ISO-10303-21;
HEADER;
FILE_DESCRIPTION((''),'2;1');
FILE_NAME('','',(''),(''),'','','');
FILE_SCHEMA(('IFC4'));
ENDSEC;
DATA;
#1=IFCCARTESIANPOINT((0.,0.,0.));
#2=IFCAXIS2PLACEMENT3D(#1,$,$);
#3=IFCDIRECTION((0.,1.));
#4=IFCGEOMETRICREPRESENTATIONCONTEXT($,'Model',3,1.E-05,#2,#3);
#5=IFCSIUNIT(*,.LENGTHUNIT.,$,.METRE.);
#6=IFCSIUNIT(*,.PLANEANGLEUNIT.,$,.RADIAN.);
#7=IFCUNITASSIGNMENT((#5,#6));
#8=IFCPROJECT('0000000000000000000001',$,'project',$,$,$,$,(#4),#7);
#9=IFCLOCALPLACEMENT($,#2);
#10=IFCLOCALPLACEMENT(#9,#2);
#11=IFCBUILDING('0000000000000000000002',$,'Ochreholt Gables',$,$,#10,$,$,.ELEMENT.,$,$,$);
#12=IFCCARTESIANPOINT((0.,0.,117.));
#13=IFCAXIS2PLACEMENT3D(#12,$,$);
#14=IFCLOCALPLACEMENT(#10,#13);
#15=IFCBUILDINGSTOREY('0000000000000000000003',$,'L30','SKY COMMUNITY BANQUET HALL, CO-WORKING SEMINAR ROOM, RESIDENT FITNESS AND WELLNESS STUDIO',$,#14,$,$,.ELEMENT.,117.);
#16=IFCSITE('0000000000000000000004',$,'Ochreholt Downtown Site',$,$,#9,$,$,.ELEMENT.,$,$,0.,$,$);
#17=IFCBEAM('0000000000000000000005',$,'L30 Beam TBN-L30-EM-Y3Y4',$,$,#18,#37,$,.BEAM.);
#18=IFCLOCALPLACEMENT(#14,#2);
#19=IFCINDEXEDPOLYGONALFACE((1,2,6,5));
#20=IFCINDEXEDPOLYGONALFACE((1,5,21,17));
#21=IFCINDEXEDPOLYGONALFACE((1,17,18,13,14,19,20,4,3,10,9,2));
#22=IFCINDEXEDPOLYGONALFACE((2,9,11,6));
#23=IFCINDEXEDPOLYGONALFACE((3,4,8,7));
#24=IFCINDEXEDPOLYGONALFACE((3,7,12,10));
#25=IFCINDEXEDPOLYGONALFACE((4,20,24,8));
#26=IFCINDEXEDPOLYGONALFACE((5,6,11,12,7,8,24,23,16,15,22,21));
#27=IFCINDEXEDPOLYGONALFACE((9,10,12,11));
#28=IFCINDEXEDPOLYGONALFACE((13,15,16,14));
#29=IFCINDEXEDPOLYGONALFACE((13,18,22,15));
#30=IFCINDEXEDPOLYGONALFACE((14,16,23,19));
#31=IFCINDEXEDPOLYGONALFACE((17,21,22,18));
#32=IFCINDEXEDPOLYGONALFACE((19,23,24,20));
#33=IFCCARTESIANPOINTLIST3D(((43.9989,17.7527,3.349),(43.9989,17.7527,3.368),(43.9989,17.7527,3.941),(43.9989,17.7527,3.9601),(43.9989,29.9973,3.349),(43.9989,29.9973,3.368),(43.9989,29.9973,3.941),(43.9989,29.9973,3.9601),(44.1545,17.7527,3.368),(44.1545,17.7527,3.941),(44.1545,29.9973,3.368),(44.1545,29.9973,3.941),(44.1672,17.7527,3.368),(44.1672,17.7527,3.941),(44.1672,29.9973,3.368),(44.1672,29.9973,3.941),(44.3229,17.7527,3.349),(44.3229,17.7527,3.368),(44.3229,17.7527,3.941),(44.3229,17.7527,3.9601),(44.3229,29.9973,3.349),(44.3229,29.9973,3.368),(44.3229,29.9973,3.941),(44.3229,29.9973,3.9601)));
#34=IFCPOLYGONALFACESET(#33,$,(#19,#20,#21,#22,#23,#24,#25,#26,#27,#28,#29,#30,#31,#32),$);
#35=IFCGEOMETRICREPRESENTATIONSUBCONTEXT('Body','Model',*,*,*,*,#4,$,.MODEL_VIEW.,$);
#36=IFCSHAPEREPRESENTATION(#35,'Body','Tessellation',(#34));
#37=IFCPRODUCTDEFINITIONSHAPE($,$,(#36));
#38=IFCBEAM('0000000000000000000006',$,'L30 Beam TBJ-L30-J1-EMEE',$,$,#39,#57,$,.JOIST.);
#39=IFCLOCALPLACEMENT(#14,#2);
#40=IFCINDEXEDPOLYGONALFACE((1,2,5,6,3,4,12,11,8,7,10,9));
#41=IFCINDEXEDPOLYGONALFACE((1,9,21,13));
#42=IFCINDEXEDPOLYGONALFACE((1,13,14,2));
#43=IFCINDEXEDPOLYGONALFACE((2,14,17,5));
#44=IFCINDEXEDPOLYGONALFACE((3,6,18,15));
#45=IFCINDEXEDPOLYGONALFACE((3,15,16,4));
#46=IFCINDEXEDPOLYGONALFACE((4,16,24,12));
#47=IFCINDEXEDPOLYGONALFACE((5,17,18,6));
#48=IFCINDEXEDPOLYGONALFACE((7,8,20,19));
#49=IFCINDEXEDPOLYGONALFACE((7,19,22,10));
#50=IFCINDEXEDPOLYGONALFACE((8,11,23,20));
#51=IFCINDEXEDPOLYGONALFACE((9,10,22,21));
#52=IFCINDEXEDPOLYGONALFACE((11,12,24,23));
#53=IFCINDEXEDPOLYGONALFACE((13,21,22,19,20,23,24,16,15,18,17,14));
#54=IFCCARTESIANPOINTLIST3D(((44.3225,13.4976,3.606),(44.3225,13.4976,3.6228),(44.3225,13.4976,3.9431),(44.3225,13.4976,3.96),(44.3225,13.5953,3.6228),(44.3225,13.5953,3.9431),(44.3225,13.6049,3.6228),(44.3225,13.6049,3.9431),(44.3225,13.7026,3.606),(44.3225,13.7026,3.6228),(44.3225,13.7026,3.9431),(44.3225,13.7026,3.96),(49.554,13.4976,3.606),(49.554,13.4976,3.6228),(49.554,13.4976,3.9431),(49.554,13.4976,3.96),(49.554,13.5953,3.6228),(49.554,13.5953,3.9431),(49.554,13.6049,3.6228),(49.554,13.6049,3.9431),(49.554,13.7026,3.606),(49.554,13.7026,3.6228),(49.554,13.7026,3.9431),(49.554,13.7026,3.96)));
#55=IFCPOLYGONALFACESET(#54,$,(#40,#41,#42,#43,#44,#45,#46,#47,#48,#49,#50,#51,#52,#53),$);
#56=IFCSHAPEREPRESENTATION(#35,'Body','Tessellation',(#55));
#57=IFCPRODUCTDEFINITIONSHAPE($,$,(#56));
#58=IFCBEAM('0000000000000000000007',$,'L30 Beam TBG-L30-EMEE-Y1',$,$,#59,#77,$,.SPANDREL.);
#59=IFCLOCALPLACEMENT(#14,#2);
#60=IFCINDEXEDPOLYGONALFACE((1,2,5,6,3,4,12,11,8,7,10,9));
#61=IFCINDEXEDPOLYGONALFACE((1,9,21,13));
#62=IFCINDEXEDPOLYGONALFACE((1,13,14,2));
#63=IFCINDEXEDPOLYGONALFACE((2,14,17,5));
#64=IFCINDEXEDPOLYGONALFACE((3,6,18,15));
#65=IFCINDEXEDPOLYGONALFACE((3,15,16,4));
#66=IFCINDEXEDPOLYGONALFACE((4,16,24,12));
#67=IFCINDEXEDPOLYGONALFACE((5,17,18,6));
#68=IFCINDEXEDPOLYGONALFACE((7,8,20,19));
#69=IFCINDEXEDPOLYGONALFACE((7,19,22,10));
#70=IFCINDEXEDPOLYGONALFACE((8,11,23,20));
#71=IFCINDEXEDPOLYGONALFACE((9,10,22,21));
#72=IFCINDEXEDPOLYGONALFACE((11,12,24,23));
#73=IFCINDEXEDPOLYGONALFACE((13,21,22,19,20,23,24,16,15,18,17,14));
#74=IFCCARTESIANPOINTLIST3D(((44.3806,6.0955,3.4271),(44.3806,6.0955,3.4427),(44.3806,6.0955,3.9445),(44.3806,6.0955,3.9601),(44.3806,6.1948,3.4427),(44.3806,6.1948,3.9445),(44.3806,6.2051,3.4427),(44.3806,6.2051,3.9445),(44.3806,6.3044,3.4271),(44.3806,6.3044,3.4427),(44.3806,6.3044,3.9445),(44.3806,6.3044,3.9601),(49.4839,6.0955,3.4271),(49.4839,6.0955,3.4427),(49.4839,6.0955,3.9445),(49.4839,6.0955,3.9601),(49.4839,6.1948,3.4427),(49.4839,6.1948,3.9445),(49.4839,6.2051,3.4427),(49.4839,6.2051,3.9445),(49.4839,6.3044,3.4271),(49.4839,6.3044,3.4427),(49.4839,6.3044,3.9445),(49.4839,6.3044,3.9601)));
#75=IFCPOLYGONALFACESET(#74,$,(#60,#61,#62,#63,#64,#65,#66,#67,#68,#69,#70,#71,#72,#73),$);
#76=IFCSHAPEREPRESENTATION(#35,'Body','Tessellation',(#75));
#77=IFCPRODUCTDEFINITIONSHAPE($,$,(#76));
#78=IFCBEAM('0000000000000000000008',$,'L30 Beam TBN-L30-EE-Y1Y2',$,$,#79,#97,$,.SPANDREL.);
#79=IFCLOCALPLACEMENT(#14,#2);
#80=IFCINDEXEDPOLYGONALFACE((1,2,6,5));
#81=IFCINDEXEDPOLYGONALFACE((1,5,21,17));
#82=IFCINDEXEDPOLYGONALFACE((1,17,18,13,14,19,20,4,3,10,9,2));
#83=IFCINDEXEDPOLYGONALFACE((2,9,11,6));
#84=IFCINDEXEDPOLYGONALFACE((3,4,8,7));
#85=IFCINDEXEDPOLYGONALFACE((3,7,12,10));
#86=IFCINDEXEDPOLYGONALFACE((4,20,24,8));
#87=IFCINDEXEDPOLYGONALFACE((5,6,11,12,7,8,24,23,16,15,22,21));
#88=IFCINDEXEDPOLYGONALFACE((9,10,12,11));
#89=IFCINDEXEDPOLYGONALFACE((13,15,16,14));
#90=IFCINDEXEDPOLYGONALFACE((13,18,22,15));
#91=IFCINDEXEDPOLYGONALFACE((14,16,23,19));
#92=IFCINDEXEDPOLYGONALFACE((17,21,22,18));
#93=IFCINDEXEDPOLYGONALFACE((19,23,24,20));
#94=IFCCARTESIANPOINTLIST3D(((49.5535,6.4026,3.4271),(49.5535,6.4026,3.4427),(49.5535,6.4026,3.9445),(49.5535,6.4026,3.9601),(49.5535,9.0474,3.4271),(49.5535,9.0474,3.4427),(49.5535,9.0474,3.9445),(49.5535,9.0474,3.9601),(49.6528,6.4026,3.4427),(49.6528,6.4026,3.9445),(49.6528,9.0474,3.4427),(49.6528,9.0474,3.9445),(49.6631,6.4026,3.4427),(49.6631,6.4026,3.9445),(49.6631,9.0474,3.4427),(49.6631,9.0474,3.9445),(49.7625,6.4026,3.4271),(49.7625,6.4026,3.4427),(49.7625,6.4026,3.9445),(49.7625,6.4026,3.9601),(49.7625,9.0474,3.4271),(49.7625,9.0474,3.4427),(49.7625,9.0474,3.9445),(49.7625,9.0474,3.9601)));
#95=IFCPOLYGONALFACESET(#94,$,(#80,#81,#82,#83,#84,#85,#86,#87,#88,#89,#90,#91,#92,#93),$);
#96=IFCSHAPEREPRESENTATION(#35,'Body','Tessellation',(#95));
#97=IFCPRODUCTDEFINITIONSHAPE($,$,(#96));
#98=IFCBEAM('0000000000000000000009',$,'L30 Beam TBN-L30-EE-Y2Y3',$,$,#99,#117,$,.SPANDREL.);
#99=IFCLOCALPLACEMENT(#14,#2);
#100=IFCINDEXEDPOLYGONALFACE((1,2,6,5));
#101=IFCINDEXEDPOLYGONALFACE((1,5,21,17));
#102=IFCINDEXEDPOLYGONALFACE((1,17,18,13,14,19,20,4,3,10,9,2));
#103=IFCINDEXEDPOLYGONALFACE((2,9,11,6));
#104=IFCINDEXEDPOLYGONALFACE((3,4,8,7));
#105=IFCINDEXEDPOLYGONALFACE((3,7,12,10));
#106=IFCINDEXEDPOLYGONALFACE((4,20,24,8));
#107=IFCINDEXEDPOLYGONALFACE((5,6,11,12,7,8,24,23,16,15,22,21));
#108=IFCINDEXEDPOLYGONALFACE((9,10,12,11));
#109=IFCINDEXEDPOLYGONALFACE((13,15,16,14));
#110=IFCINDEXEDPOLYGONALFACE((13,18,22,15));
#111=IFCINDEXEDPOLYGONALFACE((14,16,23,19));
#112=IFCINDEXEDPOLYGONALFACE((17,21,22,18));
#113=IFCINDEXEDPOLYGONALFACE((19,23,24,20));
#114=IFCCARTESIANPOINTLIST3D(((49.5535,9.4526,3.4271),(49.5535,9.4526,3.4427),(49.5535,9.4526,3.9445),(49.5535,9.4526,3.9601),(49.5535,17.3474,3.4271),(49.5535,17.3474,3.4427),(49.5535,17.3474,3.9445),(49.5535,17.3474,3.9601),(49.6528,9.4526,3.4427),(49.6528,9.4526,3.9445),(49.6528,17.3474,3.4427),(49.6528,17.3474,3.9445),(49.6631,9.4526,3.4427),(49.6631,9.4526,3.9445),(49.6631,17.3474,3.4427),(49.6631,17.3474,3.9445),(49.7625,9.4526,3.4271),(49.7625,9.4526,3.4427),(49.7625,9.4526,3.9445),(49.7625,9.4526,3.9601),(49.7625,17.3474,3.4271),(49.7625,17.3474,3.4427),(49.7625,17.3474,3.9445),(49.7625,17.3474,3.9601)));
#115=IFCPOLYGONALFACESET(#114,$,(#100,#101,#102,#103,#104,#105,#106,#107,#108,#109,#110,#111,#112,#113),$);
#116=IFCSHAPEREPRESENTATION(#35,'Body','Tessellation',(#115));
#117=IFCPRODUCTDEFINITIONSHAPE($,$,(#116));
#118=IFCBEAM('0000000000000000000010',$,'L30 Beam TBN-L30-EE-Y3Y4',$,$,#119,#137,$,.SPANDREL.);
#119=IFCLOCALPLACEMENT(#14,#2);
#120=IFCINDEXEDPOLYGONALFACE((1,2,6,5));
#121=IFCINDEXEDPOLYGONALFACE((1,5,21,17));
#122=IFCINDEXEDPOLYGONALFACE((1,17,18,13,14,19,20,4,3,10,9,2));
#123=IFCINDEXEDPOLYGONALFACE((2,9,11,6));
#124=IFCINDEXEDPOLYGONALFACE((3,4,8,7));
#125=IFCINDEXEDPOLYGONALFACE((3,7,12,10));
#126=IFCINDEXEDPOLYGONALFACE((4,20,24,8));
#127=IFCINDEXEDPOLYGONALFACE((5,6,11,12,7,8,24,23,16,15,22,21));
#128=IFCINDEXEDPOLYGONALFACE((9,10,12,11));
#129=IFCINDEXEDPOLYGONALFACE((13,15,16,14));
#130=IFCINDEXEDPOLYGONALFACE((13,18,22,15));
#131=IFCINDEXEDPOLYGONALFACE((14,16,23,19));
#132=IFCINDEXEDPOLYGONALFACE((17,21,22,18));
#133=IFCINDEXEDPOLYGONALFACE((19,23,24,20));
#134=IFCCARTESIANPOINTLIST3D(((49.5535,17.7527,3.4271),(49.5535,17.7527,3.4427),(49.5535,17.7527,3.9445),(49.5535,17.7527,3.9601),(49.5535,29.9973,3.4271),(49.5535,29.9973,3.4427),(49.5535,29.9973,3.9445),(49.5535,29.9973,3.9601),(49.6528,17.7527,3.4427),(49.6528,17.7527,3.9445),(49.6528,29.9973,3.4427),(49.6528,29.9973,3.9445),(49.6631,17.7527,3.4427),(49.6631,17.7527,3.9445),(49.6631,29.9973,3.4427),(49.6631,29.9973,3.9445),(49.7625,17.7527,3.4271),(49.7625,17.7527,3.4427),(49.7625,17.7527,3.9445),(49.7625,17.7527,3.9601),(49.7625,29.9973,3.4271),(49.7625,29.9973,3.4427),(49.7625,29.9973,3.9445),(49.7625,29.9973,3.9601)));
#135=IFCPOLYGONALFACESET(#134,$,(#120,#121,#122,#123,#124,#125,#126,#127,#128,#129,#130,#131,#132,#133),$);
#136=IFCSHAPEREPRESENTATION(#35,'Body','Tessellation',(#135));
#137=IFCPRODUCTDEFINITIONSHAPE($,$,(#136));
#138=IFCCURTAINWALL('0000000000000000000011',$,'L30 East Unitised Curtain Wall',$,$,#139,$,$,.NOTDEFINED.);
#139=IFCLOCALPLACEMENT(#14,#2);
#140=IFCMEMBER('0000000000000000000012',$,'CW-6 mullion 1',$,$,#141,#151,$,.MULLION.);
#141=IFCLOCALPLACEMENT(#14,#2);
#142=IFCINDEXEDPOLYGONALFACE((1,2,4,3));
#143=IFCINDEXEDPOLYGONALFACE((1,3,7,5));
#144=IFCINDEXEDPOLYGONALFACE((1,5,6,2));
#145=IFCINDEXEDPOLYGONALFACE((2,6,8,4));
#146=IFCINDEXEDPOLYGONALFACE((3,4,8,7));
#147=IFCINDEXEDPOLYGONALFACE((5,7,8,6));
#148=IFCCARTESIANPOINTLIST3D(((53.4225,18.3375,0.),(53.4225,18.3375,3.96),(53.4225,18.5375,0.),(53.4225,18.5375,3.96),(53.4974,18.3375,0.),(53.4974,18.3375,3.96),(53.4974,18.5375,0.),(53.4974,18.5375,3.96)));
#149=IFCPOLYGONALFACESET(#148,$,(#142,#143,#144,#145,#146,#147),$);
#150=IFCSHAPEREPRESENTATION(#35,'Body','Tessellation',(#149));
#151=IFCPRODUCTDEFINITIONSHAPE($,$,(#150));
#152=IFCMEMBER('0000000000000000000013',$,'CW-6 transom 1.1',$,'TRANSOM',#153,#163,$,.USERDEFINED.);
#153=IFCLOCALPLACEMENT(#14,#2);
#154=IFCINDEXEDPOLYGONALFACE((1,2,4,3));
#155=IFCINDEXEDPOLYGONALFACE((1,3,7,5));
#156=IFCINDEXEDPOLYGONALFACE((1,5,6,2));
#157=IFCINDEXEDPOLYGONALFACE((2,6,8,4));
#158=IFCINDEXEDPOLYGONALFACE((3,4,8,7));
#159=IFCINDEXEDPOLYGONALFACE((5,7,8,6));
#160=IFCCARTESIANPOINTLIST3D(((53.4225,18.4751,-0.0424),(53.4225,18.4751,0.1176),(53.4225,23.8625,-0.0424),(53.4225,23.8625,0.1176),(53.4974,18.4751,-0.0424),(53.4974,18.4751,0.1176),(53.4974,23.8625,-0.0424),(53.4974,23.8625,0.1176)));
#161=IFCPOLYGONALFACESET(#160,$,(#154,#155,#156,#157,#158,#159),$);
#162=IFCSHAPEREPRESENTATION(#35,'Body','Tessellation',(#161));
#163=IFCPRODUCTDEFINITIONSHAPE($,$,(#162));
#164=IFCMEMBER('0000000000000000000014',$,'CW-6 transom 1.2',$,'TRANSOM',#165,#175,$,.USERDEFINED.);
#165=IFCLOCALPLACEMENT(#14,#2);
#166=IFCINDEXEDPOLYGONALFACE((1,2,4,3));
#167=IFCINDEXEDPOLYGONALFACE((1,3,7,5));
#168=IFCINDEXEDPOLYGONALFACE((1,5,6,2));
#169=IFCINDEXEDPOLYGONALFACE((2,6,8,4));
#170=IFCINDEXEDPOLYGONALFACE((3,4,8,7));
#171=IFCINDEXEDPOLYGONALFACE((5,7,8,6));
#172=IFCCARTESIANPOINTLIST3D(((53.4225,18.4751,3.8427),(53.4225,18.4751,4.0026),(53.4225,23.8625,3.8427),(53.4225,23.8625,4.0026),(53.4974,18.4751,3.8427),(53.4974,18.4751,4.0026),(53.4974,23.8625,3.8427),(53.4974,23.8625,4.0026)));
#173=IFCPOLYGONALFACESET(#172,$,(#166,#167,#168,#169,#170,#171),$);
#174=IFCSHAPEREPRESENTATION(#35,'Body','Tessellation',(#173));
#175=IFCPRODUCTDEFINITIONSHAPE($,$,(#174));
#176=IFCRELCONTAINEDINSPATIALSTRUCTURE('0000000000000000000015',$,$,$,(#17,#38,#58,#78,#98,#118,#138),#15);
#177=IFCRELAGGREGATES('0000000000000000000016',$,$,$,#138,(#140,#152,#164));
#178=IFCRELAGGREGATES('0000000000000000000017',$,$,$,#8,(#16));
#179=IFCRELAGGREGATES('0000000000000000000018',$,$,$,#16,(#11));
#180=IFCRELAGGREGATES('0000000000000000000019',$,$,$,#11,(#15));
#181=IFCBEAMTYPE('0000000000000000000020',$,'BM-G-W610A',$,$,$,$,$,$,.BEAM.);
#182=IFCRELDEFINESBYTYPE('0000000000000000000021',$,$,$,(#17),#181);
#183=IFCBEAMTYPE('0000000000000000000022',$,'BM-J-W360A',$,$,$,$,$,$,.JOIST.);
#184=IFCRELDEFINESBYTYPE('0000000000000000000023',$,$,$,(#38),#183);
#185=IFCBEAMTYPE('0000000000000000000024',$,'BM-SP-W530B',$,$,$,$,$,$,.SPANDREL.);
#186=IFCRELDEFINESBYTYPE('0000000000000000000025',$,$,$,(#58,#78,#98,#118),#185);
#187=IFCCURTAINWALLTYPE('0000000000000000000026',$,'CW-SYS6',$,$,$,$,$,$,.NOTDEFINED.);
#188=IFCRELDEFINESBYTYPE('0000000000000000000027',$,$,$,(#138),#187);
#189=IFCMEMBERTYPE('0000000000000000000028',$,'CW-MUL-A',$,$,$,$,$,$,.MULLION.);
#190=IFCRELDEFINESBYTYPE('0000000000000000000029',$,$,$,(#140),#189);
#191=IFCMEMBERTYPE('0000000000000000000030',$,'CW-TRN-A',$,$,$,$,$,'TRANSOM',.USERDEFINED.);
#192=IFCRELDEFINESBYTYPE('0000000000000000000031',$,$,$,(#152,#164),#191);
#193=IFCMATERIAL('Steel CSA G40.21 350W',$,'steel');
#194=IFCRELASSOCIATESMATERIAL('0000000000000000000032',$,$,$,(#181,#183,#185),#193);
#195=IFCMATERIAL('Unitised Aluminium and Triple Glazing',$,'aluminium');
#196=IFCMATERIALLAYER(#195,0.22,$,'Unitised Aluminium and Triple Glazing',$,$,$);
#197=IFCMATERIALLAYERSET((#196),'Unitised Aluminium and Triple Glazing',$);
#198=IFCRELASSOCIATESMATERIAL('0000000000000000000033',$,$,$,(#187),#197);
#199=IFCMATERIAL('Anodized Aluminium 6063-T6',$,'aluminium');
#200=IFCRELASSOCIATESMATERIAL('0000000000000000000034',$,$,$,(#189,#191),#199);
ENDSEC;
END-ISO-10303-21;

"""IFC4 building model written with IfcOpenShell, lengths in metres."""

from ifc_helpers import new_model, si_unit, direction, frame, origin, origin_2d, place, context, subcontext, project, spatial, rectangle, i_section, extrude, material, layer, layer_set, material_profile, profile_set, type_object, element, aggregate, save


model = new_model("IFC4")

# Units and contexts
model_context = context("Model", 3, precision=1e-05, world=origin(), true_north=direction((0.0, 1.0)))
body_context = subcontext(model_context, "Body", "Model", "MODEL_VIEW")
ifc_project = project(units=[si_unit("LENGTHUNIT", "METRE"), si_unit("PLANEANGLEUNIT", "RADIAN")], contexts=[model_context])

# Site, building, storey
site_placement = place(None, origin())
site = spatial("IfcSite", under=ifc_project, at=site_placement, Name="Ochreholt Downtown Site", CompositionType="ELEMENT", RefElevation=0.0)
building_placement = place(site_placement, origin())
building = spatial("IfcBuilding", under=site, at=building_placement, Name="Ochreholt Gables", CompositionType="ELEMENT")
storey_placement = place(building_placement, frame((0.0, 0.0, 117.0)))
storey = spatial("IfcBuildingStorey", under=building, at=storey_placement, Name="L30", Description="SKY COMMUNITY BANQUET HALL, CO-WORKING SEMINAR ROOM, RESIDENT FITNESS AND WELLNESS STUDIO", CompositionType="ELEMENT", Elevation=117.0)

# Shared definitions
ifc_material_1 = material(Name="Steel CSA G40.21 350W", Category="steel")

# Beams
ifc_material_profile_1 = material_profile(ifc_material_1, i_section(OverallWidth=0.324, OverallDepth=0.6111, WebThickness=0.0127, FlangeThickness=0.019, at=origin_2d()), Name="W610X155")
ifc_profile_set_1 = profile_set([ifc_material_profile_1], Name="Steel CSA G40.21 350W")
beam_type_1 = type_object("IfcBeamType", Name="BM-G-W610A", PredefinedType="BEAM", material=ifc_profile_set_1)
beam_1_placement = place(storey_placement, frame((44.1609, 17.7527, 3.6545), z_axis=(0.0, 1.0, 0.0), x_axis=(-1.0, 0.0, 0.0)))
element("IfcBeam", 1, at=beam_1_placement, inside=storey, type_object=beam_type_1, Name="L30 Beam TBN-L30-EM-Y3Y4", PredefinedType="BEAM", context=body_context, shape_type="SweptSolid", body=[
    extrude(i_section(OverallWidth=0.324, OverallDepth=0.6111, WebThickness=0.0127, FlangeThickness=0.019, at=origin_2d()), origin(), (0.0, 0.0, 1.0), 12.2446),
])
ifc_material_profile_2 = material_profile(ifc_material_1, i_section(OverallWidth=0.2051, OverallDepth=0.354, WebThickness=0.0095, FlangeThickness=0.0168, at=origin_2d()), Name="W360X79")
ifc_profile_set_2 = profile_set([ifc_material_profile_2], Name="Steel CSA G40.21 350W")
beam_type_2 = type_object("IfcBeamType", Name="BM-J-W360A", PredefinedType="JOIST", material=ifc_profile_set_2)
beam_2_placement = place(storey_placement, frame((44.3225, 13.6001, 3.783), z_axis=(1.0, 0.0, 0.0), x_axis=(0.0, 1.0, 0.0)))
element("IfcBeam", 2, at=beam_2_placement, inside=storey, type_object=beam_type_2, Name="L30 Beam TBJ-L30-J1-EMEE", PredefinedType="JOIST", context=body_context, shape_type="SweptSolid", body=[
    extrude(i_section(OverallWidth=0.2051, OverallDepth=0.354, WebThickness=0.0095, FlangeThickness=0.0168, at=origin_2d()), origin(), (0.0, 0.0, 1.0), 5.2314),
])
ifc_material_profile_3 = material_profile(ifc_material_1, i_section(OverallWidth=0.209, OverallDepth=0.533, WebThickness=0.0103, FlangeThickness=0.0156, at=origin_2d()), Name="W530X92")
ifc_profile_set_3 = profile_set([ifc_material_profile_3], Name="Steel CSA G40.21 350W")
beam_type_3 = type_object("IfcBeamType", Name="BM-SP-W530B", PredefinedType="SPANDREL", material=ifc_profile_set_3)
beam_3_placement = place(storey_placement, frame((44.3806, 6.2, 3.6936), z_axis=(1.0, 0.0, 0.0), x_axis=(0.0, 1.0, 0.0)))
element("IfcBeam", 3, at=beam_3_placement, inside=storey, type_object=beam_type_3, Name="L30 Beam TBG-L30-EMEE-Y1", PredefinedType="SPANDREL", context=body_context, shape_type="SweptSolid", body=[
    extrude(i_section(OverallWidth=0.209, OverallDepth=0.533, WebThickness=0.0103, FlangeThickness=0.0156, at=origin_2d()), origin(), (0.0, 0.0, 1.0), 5.1033),
])
beam_4_placement = place(storey_placement, frame((49.658, 6.4026, 3.6936), z_axis=(0.0, 1.0, 0.0), x_axis=(-1.0, 0.0, 0.0)))
element("IfcBeam", 4, at=beam_4_placement, inside=storey, type_object=beam_type_3, Name="L30 Beam TBN-L30-EE-Y1Y2", PredefinedType="SPANDREL", context=body_context, shape_type="SweptSolid", body=[
    extrude(i_section(OverallWidth=0.209, OverallDepth=0.533, WebThickness=0.0103, FlangeThickness=0.0156, at=origin_2d()), origin(), (0.0, 0.0, 1.0), 2.6448),
])
beam_5_placement = place(storey_placement, frame((49.658, 9.4526, 3.6936), z_axis=(0.0, 1.0, 0.0), x_axis=(-1.0, 0.0, 0.0)))
element("IfcBeam", 5, at=beam_5_placement, inside=storey, type_object=beam_type_3, Name="L30 Beam TBN-L30-EE-Y2Y3", PredefinedType="SPANDREL", context=body_context, shape_type="SweptSolid", body=[
    extrude(i_section(OverallWidth=0.209, OverallDepth=0.533, WebThickness=0.0103, FlangeThickness=0.0156, at=origin_2d()), origin(), (0.0, 0.0, 1.0), 7.8948),
])
beam_6_placement = place(storey_placement, frame((49.658, 17.7527, 3.6936), z_axis=(0.0, 1.0, 0.0), x_axis=(-1.0, 0.0, 0.0)))
element("IfcBeam", 6, at=beam_6_placement, inside=storey, type_object=beam_type_3, Name="L30 Beam TBN-L30-EE-Y3Y4", PredefinedType="SPANDREL", context=body_context, shape_type="SweptSolid", body=[
    extrude(i_section(OverallWidth=0.209, OverallDepth=0.533, WebThickness=0.0103, FlangeThickness=0.0156, at=origin_2d()), origin(), (0.0, 0.0, 1.0), 12.2446),
])

# Curtain wall, members
ifc_material_2 = material(Name="Unitised Aluminium and Triple Glazing", Category="aluminium")
ifc_layer_1 = layer(ifc_material_2, 0.22, Name="Unitised Aluminium and Triple Glazing")
ifc_layer_set_1 = layer_set([ifc_layer_1], Name="Unitised Aluminium and Triple Glazing")
curtain_wall_type = type_object("IfcCurtainWallType", Name="CW-SYS6", PredefinedType="NOTDEFINED", material=ifc_layer_set_1)
curtain_wall_placement = place(storey_placement, origin())
curtain_wall = element("IfcCurtainWall", 7, at=curtain_wall_placement, inside=storey, type_object=curtain_wall_type, Name="L30 East Unitised Curtain Wall", PredefinedType="NOTDEFINED")
ifc_material_3 = material(Name="Anodized Aluminium 6063-T6", Category="aluminium")
ifc_material_profile_4 = material_profile(ifc_material_3, rectangle(XDim=0.075, YDim=0.2, at=origin_2d()), Name="CWM75X200")
ifc_profile_set_4 = profile_set([ifc_material_profile_4], Name="Anodized Aluminium 6063-T6")
member_type_1 = type_object("IfcMemberType", Name="CW-MUL-A", PredefinedType="MULLION", material=ifc_profile_set_4)
member_1_placement = place(storey_placement, frame((53.46, 18.4375, 0.0), z_axis=(0.0, 0.0, 1.0), x_axis=(-1.0, 0.0, 0.0)))
member_1 = element("IfcMember", 8, at=member_1_placement, type_object=member_type_1, Name="CW-6 mullion 1", PredefinedType="MULLION", context=body_context, shape_type="SweptSolid", body=[
    extrude(rectangle(XDim=0.075, YDim=0.2, at=origin_2d()), origin(), (0.0, 0.0, 1.0), 3.96),
])
ifc_material_profile_5 = material_profile(ifc_material_3, rectangle(XDim=0.075, YDim=0.1599, at=origin_2d()), Name="CWT75X160")
ifc_profile_set_5 = profile_set([ifc_material_profile_5], Name="Anodized Aluminium 6063-T6")
member_type_2 = type_object("IfcMemberType", Name="CW-TRN-A", ElementType="TRANSOM", PredefinedType="USERDEFINED", material=ifc_profile_set_5)
member_2_placement = place(storey_placement, frame((53.46, 18.4751, 0.0376), z_axis=(0.0, 1.0, 0.0), x_axis=(-1.0, 0.0, 0.0)))
member_2 = element("IfcMember", 9, at=member_2_placement, type_object=member_type_2, Name="CW-6 transom 1.1", ObjectType="TRANSOM", PredefinedType="USERDEFINED", context=body_context, shape_type="SweptSolid", body=[
    extrude(rectangle(XDim=0.075, YDim=0.1599, at=origin_2d()), origin(), (0.0, 0.0, 1.0), 5.3875),
])
member_3_placement = place(storey_placement, frame((53.46, 18.4751, 3.9226), z_axis=(0.0, 1.0, 0.0), x_axis=(-1.0, 0.0, 0.0)))
member_3 = element("IfcMember", 10, at=member_3_placement, type_object=member_type_2, Name="CW-6 transom 1.2", ObjectType="TRANSOM", PredefinedType="USERDEFINED", context=body_context, shape_type="SweptSolid", body=[
    extrude(rectangle(XDim=0.075, YDim=0.1599, at=origin_2d()), origin(), (0.0, 0.0, 1.0), 5.3875),
])
aggregate(curtain_wall, [member_1, member_2, member_3])

save(model, "model.ifc")
